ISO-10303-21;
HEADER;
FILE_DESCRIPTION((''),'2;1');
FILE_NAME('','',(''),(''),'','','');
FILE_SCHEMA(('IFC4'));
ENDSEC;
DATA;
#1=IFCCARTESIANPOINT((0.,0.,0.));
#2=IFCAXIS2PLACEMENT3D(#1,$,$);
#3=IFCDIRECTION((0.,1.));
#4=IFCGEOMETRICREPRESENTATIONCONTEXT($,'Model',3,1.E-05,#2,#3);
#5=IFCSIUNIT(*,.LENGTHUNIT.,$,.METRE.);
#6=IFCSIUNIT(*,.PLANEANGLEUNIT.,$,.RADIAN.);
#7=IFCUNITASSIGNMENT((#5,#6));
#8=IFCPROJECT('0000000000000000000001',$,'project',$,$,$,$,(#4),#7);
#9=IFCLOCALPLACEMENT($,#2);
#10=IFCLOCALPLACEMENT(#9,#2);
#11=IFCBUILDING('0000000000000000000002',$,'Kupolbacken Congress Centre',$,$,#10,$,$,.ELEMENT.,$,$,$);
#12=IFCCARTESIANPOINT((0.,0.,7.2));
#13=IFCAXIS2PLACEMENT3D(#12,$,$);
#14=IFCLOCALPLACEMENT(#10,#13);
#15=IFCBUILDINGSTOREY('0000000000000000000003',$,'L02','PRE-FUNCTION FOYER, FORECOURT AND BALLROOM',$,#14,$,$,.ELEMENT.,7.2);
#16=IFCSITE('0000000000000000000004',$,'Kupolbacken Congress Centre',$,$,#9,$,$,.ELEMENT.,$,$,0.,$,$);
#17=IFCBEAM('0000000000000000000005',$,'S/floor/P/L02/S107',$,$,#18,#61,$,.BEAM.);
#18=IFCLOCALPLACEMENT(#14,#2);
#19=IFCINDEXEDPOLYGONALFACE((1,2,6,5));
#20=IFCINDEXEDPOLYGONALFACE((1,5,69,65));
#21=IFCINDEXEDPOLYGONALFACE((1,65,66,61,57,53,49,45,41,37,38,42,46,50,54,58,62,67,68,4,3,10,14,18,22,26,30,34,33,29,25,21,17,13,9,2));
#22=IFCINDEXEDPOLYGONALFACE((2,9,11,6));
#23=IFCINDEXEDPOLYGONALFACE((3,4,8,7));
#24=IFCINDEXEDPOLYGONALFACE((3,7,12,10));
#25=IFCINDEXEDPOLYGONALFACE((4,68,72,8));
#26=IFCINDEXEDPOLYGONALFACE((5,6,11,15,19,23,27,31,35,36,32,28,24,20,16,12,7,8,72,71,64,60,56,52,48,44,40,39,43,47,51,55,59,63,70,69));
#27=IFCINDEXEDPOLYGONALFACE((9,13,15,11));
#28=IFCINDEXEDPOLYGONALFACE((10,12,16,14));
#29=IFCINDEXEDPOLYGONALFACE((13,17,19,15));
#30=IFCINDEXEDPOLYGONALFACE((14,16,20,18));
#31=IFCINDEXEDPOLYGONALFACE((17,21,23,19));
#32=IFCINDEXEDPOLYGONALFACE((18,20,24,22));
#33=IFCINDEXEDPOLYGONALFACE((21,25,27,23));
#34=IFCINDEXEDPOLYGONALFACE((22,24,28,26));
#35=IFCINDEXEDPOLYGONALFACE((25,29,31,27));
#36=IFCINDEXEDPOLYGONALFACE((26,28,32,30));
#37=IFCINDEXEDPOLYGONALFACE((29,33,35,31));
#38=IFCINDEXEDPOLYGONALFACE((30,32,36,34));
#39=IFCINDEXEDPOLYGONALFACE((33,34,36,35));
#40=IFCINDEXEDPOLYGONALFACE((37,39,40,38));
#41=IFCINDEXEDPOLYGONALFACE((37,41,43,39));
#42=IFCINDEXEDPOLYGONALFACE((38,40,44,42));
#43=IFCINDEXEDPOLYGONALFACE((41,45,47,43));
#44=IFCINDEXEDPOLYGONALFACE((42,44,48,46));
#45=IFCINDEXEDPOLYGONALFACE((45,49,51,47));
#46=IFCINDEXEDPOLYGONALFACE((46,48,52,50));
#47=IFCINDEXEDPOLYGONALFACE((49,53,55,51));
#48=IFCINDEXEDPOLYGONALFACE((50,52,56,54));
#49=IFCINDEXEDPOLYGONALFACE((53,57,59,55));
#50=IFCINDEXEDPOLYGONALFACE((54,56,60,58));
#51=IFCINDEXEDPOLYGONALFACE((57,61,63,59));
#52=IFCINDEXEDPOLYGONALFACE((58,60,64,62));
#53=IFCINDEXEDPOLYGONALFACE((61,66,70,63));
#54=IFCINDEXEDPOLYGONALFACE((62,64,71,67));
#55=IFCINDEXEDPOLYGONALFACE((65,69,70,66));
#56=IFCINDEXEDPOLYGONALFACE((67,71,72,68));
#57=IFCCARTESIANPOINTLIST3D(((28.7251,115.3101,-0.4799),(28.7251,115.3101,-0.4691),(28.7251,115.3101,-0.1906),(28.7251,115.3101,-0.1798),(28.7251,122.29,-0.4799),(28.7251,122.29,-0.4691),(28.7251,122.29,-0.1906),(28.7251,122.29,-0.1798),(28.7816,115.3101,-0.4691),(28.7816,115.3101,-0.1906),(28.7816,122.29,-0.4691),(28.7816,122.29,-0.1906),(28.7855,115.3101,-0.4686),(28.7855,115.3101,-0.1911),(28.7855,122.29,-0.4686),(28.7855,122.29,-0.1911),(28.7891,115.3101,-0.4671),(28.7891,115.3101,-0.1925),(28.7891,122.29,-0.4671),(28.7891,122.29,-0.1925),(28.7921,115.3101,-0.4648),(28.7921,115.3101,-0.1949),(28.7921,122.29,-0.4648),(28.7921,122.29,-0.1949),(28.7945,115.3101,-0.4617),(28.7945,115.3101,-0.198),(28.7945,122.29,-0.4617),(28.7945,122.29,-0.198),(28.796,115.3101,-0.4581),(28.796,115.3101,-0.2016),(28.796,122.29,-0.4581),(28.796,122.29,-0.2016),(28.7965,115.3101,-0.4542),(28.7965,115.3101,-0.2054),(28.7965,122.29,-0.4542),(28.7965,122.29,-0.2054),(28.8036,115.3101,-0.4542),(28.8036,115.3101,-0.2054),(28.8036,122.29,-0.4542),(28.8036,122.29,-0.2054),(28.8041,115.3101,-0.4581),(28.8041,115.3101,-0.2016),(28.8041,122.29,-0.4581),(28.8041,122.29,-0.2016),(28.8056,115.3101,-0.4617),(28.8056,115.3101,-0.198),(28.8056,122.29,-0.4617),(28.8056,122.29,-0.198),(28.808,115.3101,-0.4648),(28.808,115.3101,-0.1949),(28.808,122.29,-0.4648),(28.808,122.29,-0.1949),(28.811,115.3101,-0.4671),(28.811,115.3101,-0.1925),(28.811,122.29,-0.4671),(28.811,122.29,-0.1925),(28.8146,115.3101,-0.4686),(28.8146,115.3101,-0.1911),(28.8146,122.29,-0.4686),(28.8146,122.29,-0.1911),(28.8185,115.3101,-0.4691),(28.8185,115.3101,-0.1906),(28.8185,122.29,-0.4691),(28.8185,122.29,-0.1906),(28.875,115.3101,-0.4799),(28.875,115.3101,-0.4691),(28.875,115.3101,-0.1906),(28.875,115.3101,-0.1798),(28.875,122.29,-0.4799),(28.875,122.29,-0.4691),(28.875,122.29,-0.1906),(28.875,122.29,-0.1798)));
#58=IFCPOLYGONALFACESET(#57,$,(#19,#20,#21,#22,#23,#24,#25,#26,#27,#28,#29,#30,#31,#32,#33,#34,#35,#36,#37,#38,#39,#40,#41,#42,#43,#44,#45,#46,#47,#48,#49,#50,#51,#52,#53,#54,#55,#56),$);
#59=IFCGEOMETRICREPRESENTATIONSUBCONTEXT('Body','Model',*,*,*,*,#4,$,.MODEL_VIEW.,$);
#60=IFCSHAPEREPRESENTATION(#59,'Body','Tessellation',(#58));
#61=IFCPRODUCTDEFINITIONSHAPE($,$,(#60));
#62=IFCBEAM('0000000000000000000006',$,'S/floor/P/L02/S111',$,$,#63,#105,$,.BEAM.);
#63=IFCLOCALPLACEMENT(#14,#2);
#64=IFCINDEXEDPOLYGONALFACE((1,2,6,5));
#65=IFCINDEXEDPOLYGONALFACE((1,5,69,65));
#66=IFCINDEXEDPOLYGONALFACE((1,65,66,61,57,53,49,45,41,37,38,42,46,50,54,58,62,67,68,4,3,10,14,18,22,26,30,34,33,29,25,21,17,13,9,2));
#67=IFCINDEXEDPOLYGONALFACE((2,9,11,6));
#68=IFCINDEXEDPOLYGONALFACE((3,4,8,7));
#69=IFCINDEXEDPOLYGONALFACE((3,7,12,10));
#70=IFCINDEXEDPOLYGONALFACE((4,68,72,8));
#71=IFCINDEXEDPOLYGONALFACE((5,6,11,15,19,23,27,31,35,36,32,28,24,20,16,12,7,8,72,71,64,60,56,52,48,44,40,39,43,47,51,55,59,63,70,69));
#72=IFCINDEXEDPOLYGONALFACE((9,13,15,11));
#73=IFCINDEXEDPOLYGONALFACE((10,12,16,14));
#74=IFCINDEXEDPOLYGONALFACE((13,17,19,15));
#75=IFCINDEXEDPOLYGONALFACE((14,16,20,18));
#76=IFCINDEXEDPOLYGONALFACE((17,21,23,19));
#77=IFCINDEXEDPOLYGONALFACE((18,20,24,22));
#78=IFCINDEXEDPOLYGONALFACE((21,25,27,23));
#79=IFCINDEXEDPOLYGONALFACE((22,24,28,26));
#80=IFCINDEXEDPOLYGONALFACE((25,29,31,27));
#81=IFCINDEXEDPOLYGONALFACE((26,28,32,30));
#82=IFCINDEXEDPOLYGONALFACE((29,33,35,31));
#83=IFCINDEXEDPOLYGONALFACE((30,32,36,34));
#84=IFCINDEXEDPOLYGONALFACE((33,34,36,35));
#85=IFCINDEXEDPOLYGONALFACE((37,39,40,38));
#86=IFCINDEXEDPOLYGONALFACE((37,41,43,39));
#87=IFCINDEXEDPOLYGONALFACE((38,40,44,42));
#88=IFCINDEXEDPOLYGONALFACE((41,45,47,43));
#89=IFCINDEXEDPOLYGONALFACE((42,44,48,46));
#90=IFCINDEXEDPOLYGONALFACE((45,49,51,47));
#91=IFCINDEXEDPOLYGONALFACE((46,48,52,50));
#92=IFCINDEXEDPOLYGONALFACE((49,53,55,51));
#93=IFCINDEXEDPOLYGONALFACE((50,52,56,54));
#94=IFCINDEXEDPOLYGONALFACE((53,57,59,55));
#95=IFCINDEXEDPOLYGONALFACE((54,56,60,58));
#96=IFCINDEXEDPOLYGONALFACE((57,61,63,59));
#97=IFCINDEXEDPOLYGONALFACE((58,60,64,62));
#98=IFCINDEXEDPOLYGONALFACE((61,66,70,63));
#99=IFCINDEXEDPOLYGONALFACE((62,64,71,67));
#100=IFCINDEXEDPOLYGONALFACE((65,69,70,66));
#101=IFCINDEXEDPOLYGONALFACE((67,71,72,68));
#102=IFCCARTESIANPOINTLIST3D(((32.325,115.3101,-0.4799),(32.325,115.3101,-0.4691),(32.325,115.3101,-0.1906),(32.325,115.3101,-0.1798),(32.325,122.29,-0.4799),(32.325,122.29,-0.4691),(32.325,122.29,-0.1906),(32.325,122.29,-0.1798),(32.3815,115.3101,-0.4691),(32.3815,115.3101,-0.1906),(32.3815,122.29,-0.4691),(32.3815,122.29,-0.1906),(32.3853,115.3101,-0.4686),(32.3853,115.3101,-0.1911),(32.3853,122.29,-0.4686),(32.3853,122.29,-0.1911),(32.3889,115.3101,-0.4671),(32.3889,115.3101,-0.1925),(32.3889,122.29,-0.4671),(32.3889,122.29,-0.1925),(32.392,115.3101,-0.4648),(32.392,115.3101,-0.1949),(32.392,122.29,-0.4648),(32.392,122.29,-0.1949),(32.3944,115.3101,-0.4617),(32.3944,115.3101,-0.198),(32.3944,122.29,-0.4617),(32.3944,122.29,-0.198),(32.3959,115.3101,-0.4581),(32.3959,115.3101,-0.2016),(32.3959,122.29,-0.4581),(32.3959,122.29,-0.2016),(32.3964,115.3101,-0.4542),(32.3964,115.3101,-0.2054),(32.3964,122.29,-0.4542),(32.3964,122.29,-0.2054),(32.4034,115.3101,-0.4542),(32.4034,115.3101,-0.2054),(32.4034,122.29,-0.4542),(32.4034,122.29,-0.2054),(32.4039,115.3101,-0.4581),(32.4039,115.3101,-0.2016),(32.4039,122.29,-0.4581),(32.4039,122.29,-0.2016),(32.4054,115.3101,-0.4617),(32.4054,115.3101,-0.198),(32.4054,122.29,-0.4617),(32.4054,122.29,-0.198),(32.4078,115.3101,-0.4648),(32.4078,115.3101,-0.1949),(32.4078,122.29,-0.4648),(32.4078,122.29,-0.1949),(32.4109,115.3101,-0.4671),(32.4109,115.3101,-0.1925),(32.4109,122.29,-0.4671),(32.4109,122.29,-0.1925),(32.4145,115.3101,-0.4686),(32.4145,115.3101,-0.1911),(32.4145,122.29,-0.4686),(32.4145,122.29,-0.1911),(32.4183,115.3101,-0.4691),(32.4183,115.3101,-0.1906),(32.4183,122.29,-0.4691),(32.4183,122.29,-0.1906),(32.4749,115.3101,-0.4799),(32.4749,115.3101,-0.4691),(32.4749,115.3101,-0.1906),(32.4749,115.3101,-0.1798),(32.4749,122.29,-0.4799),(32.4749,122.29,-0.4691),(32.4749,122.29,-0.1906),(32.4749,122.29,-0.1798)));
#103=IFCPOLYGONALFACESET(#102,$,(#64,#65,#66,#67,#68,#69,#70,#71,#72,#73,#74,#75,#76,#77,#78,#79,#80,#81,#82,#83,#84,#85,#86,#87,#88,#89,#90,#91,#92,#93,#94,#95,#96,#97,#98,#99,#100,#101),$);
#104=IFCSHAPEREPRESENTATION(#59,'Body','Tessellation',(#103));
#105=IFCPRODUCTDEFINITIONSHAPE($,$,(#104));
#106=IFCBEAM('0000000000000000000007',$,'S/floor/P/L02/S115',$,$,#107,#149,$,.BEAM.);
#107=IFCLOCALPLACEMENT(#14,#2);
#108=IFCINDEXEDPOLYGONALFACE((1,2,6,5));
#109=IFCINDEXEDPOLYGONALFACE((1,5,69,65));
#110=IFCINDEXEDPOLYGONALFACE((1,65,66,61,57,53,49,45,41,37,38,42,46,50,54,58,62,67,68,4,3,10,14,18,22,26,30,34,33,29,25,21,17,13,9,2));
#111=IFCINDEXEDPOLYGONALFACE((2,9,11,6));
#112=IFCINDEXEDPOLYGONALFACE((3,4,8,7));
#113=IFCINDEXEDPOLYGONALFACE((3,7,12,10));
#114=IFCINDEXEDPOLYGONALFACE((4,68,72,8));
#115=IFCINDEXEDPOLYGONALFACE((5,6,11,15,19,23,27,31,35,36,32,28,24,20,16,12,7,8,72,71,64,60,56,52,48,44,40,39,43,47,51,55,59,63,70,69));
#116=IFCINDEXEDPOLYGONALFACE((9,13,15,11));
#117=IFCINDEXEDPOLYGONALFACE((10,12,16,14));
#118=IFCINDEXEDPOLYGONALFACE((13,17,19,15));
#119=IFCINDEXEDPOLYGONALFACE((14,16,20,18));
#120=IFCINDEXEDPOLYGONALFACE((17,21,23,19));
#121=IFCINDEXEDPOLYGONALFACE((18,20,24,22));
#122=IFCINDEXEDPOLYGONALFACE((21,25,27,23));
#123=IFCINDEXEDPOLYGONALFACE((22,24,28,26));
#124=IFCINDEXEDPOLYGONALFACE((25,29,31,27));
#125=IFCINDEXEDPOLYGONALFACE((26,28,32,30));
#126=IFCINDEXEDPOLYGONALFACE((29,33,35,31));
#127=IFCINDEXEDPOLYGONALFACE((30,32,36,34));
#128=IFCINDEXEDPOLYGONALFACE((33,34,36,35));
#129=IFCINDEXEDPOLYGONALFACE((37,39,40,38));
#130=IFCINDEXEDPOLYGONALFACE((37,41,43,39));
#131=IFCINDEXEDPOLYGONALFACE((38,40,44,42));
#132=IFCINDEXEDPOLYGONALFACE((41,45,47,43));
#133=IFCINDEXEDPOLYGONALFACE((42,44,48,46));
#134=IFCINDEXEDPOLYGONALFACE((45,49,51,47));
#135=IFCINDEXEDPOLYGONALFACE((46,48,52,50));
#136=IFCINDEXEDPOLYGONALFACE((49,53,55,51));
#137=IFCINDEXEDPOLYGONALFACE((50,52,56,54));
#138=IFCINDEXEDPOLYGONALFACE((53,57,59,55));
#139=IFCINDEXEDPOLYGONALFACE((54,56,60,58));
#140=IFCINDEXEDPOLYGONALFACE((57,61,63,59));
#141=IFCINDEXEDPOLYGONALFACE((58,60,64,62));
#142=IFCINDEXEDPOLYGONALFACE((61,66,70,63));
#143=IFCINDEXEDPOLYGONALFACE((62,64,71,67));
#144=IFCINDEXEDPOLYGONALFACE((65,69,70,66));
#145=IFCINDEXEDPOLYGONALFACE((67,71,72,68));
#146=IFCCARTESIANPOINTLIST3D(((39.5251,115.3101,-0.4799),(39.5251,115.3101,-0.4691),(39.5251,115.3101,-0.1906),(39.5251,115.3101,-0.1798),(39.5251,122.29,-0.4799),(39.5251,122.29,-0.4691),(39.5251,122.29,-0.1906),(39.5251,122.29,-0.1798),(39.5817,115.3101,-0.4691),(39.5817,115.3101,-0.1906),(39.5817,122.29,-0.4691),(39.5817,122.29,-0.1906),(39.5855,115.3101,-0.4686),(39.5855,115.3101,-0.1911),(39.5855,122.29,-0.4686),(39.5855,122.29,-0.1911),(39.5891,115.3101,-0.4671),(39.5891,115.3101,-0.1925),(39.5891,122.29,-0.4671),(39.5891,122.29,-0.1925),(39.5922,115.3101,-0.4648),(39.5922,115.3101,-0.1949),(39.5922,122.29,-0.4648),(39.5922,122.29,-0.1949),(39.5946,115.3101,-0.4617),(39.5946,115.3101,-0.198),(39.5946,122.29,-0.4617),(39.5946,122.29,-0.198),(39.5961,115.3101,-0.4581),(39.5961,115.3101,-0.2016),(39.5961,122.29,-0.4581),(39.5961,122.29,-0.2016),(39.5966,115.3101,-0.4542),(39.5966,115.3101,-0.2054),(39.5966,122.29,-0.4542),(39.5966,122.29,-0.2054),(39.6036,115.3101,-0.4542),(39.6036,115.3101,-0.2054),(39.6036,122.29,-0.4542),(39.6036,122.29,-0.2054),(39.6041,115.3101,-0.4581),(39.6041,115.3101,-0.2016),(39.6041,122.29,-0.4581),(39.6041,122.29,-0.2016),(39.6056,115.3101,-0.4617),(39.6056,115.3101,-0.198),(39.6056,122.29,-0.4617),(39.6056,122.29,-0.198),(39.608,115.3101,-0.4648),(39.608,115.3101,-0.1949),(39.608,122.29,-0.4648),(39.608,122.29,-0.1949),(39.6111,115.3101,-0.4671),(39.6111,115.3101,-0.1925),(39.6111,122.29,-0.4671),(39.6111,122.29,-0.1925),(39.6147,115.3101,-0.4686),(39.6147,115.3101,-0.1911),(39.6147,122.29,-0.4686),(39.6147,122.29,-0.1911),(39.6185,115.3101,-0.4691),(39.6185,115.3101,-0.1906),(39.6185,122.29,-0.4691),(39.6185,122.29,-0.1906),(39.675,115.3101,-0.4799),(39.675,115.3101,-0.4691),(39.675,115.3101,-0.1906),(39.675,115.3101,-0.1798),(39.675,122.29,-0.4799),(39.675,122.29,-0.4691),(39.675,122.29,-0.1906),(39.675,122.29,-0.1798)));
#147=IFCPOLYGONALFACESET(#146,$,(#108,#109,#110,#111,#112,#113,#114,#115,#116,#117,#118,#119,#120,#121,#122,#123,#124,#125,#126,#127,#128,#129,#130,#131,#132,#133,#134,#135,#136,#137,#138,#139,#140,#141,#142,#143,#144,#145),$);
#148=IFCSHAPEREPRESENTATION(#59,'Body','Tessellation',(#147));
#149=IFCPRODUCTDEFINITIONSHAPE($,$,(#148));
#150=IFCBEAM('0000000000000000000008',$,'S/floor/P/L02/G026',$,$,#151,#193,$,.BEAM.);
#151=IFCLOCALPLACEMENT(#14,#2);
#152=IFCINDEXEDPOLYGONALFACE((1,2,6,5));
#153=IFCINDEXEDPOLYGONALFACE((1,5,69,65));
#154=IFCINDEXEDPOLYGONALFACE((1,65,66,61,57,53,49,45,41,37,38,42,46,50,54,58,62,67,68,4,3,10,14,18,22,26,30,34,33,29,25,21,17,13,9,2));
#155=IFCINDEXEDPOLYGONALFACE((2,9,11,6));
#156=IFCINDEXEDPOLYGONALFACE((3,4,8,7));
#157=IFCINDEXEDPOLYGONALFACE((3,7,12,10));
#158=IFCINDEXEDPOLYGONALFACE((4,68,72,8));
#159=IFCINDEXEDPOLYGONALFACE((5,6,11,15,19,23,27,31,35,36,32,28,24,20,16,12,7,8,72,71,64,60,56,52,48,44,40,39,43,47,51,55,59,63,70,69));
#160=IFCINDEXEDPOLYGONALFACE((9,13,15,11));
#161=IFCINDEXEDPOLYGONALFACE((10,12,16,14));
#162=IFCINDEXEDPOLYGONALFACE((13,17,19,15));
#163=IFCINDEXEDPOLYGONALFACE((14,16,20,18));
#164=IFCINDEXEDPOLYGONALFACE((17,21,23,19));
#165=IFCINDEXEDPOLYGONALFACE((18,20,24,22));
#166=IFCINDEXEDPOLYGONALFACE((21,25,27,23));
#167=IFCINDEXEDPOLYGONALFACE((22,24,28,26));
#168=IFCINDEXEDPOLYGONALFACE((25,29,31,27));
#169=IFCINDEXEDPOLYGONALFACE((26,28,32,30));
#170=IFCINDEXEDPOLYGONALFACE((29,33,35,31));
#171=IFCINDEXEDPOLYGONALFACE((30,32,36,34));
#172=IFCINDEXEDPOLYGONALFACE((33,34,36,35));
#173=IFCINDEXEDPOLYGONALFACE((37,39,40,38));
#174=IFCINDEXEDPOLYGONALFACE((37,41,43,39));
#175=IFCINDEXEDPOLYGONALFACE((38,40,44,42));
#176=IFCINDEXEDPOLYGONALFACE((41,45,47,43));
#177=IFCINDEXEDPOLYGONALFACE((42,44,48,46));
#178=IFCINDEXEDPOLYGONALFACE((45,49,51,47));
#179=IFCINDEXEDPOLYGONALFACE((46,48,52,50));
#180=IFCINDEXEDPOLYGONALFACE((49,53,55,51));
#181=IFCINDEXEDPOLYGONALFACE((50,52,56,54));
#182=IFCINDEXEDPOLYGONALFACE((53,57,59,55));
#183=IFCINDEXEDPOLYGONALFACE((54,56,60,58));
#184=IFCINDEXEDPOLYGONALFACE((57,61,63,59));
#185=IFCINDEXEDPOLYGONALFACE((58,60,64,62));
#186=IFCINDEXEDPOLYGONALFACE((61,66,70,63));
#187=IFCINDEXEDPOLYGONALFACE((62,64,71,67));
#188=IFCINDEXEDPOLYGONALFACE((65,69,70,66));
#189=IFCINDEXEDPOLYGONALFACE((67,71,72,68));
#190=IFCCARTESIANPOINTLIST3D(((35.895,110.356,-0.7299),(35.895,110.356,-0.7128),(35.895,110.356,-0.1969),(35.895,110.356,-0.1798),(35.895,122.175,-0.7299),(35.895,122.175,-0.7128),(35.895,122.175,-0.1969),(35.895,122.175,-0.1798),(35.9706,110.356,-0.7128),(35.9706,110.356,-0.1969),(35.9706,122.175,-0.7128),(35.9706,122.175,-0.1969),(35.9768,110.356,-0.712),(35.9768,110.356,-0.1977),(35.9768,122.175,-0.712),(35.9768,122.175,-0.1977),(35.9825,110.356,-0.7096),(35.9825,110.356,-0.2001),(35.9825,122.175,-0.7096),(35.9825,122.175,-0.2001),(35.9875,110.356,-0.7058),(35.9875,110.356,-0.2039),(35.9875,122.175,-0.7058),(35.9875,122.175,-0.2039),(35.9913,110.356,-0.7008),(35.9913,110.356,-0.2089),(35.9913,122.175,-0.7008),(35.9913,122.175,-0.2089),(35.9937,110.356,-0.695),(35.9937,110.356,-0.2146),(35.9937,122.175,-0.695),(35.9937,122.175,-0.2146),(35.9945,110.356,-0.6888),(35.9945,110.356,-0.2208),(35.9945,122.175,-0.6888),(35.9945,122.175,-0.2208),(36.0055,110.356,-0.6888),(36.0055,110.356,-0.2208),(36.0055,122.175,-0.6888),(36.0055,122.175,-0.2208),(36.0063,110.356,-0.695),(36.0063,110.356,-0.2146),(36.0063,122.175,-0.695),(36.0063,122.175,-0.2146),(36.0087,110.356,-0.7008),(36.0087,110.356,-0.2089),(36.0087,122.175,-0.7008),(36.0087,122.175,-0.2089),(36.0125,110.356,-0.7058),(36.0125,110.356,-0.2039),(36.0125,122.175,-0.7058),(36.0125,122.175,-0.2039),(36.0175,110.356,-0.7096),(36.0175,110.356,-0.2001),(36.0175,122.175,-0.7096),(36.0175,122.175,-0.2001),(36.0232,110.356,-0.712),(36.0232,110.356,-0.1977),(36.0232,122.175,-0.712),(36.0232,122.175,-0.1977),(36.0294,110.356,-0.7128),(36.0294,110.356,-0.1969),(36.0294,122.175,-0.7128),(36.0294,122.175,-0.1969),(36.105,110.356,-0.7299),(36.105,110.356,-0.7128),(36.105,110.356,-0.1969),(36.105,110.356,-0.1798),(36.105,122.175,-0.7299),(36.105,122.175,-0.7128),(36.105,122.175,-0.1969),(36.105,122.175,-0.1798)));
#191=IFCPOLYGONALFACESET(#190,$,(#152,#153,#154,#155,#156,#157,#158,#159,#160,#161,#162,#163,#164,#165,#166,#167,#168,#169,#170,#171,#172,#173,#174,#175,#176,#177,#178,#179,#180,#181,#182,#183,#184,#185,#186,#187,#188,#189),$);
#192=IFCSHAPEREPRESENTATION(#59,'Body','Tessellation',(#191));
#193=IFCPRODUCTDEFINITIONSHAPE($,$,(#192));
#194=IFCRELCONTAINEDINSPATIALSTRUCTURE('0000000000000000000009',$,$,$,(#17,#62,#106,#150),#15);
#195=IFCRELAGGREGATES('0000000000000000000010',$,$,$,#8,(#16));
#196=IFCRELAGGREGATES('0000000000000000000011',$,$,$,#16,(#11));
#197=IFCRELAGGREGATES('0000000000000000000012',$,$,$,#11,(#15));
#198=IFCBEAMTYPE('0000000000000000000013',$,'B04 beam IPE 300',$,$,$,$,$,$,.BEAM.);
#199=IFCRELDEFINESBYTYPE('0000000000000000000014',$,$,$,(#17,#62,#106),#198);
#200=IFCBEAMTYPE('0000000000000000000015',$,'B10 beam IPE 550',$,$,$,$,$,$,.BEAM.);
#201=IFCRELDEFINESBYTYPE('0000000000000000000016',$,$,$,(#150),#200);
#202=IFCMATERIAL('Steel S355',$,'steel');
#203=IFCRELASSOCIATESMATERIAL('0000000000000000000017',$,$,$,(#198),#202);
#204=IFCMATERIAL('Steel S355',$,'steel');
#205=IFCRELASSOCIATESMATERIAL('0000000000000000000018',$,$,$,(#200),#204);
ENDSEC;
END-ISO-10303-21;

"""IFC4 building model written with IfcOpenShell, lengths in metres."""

from ifc_helpers import new_model, si_unit, direction, frame, origin, origin_2d, place, context, subcontext, project, spatial, i_section, extrude, material, material_profile, profile_set, type_object, element, save


model = new_model("IFC4")

# Units and contexts
model_context = context("Model", 3, precision=1e-05, world=origin(), true_north=direction((0.0, 1.0)))
body_context = subcontext(model_context, "Body", "Model", "MODEL_VIEW")
ifc_project = project(units=[si_unit("LENGTHUNIT", "METRE"), si_unit("PLANEANGLEUNIT", "RADIAN")], contexts=[model_context])

# Site, building, storey
site_placement = place(None, origin())
site = spatial("IfcSite", under=ifc_project, at=site_placement, Name="Kupolbacken Congress Centre", CompositionType="ELEMENT", RefElevation=0.0)
building_placement = place(site_placement, origin())
building = spatial("IfcBuilding", under=site, at=building_placement, Name="Kupolbacken Congress Centre", CompositionType="ELEMENT")
storey_placement = place(building_placement, frame((0.0, 0.0, 7.2)))
storey = spatial("IfcBuildingStorey", under=building, at=storey_placement, Name="L02", Description="PRE-FUNCTION FOYER, FORECOURT AND BALLROOM", CompositionType="ELEMENT", Elevation=7.2)

# Beams
ifc_material_1 = material(Name="Steel S355", Category="steel")
ifc_material_profile_1 = material_profile(ifc_material_1, i_section(OverallWidth=0.1499, OverallDepth=0.3, WebThickness=0.0071, FlangeThickness=0.0107, FilletRadius=0.0149, at=origin_2d()), Name="IPE 300")
ifc_profile_set_1 = profile_set([ifc_material_profile_1], Name="Steel S355")
beam_type_1 = type_object("IfcBeamType", Name="B04 beam IPE 300", PredefinedType="BEAM", material=ifc_profile_set_1)
for number, where, z_axis, x_axis, name in (
    (1, (28.8, 115.3101, -0.3298), (0.0, 1.0, 0.0), (-1.0, 0.0, 0.0), "S/floor/P/L02/S107"),
    (2, (32.3999, 115.3101, -0.3298), (0.0, 1.0, 0.0), (-1.0, 0.0, 0.0), "S/floor/P/L02/S111"),
    (3, (39.6001, 115.3101, -0.3298), (0.0, 1.0, 0.0), (-1.0, 0.0, 0.0), "S/floor/P/L02/S115"),
):
    element("IfcBeam", number, at=place(storey_placement, frame(where, z_axis=z_axis, x_axis=x_axis)), inside=storey, type_object=beam_type_1, Name=name, PredefinedType="BEAM", context=body_context, shape_type="SweptSolid", body=[
        extrude(i_section(OverallWidth=0.1499, OverallDepth=0.3, WebThickness=0.0071, FlangeThickness=0.0107, FilletRadius=0.0149, at=origin_2d()), origin(), (0.0, 0.0, 1.0), 6.98),
    ])
ifc_material_2 = material(Name="Steel S355", Category="steel")
ifc_material_profile_2 = material_profile(ifc_material_2, i_section(OverallWidth=0.21, OverallDepth=0.55, WebThickness=0.011, FlangeThickness=0.0171, FilletRadius=0.0239, at=origin_2d()), Name="IPE 550")
ifc_profile_set_2 = profile_set([ifc_material_profile_2], Name="Steel S355")
beam_type_2 = type_object("IfcBeamType", Name="B10 beam IPE 550", PredefinedType="BEAM", material=ifc_profile_set_2)
beam_1_placement = place(storey_placement, frame((36.0, 110.356, -0.4548), z_axis=(0.0, 1.0, 0.0), x_axis=(-1.0, 0.0, 0.0)))
element("IfcBeam", 4, at=beam_1_placement, inside=storey, type_object=beam_type_2, Name="S/floor/P/L02/G026", PredefinedType="BEAM", context=body_context, shape_type="SweptSolid", body=[
    extrude(i_section(OverallWidth=0.21, OverallDepth=0.55, WebThickness=0.011, FlangeThickness=0.0171, FilletRadius=0.0239, at=origin_2d()), origin(), (0.0, 0.0, 1.0), 11.8191),
])

save(model, "model.ifc")
